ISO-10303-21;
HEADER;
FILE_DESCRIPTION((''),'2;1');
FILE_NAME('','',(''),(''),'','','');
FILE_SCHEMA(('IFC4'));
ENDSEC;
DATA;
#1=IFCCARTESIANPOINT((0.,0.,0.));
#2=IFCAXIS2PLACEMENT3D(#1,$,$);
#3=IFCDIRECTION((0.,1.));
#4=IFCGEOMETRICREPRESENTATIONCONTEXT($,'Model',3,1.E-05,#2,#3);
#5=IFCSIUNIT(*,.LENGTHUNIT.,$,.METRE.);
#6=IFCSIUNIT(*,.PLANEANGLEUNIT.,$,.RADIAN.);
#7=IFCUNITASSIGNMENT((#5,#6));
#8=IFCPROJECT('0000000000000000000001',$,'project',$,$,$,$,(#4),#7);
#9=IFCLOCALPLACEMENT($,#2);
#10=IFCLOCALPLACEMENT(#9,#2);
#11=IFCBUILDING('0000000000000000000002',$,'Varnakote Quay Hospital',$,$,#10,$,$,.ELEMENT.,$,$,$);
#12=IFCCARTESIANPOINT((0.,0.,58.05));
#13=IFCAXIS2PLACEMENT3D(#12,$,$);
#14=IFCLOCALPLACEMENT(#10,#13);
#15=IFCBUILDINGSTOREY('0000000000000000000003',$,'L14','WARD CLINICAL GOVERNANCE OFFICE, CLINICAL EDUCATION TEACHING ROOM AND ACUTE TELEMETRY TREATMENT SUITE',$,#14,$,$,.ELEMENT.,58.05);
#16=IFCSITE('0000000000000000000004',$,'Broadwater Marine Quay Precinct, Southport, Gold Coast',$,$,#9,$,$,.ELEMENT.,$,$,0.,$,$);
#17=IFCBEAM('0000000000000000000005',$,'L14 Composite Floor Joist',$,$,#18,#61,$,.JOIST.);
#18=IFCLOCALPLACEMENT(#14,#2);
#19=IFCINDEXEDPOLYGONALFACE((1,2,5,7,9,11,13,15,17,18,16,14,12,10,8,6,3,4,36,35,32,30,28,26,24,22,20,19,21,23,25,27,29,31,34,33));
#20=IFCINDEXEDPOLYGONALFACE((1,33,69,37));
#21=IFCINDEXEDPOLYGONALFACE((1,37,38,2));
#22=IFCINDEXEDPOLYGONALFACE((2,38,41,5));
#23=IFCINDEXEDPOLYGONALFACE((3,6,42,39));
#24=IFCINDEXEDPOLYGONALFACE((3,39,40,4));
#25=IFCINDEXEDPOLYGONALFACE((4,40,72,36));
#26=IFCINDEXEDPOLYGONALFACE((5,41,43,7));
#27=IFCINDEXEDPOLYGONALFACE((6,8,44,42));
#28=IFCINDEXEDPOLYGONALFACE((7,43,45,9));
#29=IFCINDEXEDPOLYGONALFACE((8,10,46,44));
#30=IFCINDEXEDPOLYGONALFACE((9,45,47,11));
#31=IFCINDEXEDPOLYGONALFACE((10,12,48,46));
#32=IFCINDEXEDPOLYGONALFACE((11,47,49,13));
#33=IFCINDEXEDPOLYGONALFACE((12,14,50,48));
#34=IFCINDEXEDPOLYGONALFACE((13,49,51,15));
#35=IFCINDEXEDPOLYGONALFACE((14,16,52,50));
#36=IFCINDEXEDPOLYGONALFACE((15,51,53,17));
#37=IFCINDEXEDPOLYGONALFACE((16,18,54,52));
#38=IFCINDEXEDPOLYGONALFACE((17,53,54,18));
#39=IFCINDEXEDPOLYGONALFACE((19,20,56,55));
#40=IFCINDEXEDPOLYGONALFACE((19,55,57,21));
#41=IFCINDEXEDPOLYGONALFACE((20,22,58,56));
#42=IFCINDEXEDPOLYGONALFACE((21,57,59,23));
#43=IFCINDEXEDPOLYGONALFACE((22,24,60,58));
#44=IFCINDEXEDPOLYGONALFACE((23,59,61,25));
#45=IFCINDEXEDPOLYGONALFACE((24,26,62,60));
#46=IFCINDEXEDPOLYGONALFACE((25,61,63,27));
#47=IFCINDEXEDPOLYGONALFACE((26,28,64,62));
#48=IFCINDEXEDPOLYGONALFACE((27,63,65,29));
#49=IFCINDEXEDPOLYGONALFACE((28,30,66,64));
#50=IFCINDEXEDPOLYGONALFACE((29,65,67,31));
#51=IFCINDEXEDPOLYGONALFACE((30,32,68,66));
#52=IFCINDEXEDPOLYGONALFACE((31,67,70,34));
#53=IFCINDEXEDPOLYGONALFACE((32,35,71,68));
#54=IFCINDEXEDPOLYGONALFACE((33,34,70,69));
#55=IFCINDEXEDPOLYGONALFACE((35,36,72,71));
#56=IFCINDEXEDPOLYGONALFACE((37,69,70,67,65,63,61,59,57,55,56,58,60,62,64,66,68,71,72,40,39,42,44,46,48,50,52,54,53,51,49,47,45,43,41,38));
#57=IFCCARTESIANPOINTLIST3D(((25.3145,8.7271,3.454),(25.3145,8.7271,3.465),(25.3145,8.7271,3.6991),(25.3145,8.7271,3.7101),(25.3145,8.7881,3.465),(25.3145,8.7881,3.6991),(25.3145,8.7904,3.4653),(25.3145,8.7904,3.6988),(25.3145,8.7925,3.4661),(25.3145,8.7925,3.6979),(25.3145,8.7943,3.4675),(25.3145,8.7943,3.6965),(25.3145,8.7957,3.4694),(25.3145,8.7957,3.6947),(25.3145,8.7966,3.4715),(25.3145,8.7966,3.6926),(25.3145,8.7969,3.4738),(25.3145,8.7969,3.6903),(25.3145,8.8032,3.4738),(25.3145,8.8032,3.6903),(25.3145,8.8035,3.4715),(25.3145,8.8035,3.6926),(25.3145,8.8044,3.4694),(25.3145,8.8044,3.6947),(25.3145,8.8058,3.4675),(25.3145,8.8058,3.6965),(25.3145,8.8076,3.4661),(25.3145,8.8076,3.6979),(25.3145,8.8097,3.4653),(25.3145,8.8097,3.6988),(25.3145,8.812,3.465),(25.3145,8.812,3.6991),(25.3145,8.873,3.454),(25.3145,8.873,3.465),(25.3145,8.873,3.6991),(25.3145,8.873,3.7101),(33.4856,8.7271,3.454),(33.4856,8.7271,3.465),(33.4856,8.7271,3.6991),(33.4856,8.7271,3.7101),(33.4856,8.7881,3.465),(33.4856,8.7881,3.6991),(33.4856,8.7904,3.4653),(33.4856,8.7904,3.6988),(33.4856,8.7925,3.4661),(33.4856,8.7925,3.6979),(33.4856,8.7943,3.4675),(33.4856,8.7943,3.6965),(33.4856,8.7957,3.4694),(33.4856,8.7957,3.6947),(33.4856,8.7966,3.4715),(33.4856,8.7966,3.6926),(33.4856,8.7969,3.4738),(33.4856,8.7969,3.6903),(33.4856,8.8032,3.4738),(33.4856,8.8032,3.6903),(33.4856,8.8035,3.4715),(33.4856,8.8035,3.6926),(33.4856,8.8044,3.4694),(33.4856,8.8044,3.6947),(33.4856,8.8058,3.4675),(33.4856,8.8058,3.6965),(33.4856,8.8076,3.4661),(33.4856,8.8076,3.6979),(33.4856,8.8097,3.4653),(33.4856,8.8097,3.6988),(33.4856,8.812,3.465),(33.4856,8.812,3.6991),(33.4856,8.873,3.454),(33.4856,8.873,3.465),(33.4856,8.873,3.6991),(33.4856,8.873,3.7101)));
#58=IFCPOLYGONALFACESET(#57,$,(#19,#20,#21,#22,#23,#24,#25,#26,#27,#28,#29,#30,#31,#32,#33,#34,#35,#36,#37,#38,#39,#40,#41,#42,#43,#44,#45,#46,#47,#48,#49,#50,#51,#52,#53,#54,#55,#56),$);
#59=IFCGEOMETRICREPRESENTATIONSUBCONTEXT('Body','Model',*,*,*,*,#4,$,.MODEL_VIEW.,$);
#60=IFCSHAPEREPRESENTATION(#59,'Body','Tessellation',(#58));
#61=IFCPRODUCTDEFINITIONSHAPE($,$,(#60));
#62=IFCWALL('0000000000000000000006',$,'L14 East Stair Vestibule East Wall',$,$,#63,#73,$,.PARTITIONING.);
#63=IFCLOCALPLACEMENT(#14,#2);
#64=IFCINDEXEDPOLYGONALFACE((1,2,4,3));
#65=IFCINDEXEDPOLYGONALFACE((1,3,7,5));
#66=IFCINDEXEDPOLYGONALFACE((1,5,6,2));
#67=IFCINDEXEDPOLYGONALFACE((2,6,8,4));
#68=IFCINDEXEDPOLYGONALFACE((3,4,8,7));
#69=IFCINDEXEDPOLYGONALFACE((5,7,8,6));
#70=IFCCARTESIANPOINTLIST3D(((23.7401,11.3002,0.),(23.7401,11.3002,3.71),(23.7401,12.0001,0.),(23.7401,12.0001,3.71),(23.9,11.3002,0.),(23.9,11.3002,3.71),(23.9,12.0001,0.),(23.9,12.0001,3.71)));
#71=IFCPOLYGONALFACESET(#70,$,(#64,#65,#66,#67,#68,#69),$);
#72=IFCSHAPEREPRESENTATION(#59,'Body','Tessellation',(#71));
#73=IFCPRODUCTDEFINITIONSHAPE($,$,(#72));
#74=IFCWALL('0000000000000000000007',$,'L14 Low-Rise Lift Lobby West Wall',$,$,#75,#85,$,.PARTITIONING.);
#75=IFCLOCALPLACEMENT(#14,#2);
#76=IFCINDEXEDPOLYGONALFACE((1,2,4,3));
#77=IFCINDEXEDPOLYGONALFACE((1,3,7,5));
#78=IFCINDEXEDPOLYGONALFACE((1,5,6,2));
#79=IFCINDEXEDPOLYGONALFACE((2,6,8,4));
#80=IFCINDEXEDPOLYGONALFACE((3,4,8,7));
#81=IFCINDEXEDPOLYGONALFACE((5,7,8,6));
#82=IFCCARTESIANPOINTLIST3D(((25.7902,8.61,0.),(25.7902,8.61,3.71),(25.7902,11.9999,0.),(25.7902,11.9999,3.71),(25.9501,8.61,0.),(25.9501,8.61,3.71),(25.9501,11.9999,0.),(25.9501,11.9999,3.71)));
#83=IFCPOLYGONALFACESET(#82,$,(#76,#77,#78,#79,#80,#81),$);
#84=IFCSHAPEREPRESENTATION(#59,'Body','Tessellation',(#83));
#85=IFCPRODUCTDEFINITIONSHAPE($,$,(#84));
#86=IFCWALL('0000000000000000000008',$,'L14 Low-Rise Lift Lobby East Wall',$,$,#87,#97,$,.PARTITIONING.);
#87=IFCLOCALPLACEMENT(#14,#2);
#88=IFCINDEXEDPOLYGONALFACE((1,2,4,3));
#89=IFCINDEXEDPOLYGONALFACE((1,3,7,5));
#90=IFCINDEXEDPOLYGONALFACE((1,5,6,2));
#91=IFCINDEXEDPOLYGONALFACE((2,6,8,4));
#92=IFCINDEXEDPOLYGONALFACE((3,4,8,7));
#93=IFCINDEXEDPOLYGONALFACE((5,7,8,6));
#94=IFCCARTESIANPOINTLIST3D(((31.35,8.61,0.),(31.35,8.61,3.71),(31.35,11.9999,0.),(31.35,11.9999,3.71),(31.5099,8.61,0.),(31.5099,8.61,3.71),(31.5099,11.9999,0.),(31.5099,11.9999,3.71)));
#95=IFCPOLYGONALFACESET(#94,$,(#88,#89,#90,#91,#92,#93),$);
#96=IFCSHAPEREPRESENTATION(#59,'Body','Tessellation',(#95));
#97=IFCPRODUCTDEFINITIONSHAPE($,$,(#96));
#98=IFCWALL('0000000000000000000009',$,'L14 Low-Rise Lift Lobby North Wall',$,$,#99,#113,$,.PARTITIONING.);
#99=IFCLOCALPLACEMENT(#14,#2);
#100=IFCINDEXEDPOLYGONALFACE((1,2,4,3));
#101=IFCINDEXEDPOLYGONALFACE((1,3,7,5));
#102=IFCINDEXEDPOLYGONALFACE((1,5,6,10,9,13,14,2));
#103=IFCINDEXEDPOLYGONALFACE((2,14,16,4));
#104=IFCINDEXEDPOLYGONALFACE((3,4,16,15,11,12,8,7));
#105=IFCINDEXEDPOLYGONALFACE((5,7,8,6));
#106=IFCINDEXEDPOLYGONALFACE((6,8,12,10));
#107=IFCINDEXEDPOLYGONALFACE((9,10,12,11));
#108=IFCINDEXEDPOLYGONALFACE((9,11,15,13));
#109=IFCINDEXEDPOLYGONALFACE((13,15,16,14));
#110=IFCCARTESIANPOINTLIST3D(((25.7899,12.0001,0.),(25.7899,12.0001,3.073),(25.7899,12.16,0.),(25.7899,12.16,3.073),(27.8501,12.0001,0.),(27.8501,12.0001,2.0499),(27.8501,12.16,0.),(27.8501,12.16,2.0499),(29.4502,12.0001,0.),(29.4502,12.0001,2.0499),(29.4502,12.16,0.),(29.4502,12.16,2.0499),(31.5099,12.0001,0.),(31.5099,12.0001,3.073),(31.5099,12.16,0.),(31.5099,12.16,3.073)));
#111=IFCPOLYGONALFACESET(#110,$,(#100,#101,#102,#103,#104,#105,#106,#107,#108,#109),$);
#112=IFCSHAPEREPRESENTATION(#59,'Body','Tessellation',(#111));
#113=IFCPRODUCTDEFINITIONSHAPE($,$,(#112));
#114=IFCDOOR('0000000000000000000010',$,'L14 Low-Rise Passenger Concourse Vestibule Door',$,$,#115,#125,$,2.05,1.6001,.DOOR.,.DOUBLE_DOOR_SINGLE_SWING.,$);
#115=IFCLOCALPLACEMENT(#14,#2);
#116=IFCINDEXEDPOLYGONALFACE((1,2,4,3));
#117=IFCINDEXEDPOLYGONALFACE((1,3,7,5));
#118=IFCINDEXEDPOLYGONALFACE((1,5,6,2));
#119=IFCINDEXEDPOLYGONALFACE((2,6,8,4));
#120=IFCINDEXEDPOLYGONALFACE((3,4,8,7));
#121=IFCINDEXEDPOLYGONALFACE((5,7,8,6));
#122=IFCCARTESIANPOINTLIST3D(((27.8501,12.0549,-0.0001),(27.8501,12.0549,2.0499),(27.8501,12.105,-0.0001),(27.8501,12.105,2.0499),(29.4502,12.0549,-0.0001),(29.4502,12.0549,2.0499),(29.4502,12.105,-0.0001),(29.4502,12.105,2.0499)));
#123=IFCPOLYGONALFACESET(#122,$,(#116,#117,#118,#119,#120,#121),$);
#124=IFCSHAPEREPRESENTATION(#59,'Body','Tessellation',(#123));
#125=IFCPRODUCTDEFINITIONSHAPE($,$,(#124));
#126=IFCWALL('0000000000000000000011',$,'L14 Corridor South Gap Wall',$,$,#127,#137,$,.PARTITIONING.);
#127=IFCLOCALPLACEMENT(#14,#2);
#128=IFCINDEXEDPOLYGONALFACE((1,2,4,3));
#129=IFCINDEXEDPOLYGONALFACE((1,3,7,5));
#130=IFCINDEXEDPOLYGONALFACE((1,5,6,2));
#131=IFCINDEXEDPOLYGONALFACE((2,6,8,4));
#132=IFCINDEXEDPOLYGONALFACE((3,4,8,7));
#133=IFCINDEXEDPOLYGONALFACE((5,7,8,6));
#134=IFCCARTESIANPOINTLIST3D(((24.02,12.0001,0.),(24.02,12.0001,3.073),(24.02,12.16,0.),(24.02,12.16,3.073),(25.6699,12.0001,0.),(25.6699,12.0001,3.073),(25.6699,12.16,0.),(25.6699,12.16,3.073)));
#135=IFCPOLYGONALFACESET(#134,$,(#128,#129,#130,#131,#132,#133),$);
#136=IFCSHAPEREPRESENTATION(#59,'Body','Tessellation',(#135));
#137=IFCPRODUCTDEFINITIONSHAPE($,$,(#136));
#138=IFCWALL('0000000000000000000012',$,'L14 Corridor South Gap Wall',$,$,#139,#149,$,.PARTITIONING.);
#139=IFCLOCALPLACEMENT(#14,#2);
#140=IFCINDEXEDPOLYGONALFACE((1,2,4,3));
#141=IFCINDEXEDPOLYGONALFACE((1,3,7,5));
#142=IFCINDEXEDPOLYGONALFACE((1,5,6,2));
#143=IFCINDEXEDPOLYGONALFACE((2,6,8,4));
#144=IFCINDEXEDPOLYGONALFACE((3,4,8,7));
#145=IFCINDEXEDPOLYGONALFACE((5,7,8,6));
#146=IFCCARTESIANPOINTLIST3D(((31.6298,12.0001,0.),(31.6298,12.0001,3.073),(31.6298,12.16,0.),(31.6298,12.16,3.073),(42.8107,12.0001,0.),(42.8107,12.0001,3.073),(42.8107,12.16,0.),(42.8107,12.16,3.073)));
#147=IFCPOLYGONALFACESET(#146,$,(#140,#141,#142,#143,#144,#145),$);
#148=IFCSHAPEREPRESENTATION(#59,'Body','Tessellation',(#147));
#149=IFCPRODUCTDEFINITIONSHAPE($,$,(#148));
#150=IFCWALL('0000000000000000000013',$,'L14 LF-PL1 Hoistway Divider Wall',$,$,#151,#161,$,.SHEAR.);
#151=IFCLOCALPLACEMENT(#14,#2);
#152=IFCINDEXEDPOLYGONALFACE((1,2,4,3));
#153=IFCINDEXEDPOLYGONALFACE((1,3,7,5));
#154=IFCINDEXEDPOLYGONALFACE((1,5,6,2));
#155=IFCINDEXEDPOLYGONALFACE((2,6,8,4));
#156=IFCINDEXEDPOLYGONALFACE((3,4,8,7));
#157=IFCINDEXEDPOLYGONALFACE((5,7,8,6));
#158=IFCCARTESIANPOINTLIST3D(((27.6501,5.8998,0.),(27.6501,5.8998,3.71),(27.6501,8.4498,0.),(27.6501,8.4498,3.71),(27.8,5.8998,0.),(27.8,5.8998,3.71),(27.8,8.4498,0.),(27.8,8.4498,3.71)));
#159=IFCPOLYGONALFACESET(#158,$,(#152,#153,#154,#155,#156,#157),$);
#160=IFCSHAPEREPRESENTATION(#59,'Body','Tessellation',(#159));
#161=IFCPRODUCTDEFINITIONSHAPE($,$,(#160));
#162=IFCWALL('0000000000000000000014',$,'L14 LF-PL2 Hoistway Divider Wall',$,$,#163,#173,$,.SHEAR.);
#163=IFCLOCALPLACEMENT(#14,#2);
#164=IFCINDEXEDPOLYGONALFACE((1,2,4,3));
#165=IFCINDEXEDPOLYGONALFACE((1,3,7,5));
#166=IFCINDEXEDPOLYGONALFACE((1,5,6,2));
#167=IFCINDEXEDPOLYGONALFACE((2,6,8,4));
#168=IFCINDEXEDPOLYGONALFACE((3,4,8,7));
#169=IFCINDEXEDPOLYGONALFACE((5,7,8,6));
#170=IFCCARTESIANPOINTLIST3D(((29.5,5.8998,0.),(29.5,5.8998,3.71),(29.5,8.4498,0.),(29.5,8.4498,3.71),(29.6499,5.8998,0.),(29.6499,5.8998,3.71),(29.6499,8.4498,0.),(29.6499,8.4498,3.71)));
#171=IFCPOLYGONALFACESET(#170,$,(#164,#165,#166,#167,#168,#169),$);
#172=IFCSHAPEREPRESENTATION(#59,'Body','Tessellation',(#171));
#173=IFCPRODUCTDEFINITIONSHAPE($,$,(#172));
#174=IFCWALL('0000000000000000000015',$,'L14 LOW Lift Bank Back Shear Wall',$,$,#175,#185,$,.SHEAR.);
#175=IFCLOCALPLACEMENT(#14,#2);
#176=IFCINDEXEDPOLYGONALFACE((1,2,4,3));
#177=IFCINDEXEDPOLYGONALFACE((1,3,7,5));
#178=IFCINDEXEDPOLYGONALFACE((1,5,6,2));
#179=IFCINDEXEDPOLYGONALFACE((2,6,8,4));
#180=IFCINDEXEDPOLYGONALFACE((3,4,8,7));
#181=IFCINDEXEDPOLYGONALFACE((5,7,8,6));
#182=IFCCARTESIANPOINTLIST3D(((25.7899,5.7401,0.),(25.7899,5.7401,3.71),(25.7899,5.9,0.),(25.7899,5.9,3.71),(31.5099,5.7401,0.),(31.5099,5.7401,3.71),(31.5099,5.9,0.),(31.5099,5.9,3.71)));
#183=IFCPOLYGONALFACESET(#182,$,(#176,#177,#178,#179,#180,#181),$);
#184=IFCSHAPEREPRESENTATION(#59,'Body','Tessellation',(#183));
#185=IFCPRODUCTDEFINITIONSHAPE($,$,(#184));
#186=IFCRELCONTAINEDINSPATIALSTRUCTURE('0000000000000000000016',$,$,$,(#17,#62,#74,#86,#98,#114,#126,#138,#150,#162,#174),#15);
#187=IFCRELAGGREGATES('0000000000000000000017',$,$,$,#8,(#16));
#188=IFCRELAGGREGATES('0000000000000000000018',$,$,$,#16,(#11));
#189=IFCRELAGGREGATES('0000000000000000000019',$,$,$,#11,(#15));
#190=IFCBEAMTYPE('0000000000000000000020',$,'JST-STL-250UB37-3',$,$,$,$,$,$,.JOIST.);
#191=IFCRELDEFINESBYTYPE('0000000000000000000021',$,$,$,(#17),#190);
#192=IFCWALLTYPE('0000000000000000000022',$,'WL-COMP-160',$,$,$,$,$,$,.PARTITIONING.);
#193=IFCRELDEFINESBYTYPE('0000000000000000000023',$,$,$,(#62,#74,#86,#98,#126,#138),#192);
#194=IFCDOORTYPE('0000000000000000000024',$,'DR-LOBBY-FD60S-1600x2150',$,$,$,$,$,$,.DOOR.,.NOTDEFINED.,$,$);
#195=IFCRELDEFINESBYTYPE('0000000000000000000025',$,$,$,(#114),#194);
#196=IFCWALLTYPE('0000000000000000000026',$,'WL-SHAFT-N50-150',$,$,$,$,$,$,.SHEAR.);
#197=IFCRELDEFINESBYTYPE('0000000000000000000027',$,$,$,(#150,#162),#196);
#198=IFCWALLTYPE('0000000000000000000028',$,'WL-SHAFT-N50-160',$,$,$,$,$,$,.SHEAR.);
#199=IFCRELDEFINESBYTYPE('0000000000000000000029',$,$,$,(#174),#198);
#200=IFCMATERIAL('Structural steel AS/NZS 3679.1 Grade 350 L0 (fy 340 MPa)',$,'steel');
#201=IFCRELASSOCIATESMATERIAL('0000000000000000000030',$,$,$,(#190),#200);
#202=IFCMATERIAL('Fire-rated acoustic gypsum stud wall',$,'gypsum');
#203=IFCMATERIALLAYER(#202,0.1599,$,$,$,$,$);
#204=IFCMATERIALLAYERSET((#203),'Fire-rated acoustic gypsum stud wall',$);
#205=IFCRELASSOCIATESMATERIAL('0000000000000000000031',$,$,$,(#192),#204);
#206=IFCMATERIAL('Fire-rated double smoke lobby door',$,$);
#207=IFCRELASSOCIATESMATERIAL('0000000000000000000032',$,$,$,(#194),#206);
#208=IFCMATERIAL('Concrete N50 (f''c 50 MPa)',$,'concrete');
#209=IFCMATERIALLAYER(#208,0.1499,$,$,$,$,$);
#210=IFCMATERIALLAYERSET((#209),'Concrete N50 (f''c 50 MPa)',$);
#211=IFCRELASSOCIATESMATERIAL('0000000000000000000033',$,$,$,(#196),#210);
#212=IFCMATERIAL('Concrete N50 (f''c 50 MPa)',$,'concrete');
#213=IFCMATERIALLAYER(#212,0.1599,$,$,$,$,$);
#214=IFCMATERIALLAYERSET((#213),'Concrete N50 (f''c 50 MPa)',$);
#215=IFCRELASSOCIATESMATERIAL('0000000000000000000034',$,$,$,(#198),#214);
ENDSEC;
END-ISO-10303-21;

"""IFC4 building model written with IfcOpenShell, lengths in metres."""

from ifc_helpers import new_model, si_unit, direction, frame, frame_2d, origin, origin_2d, place, context, subcontext, project, spatial, rectangle, i_section, extrude, material, layer, layer_set, material_profile, profile_set, type_object, element, fill, save


model = new_model("IFC4")

# Units and contexts
model_context = context("Model", 3, precision=1e-05, world=origin(), true_north=direction((0.0, 1.0)))
body_context = subcontext(model_context, "Body", "Model", "MODEL_VIEW")
ifc_project = project(units=[si_unit("LENGTHUNIT", "METRE"), si_unit("PLANEANGLEUNIT", "RADIAN")], contexts=[model_context])

# Site, building, storey
site_placement = place(None, origin())
site = spatial("IfcSite", under=ifc_project, at=site_placement, Name="Broadwater Marine Quay Precinct, Southport, Gold Coast", CompositionType="ELEMENT", RefElevation=0.0)
building_placement = place(site_placement, origin())
building = spatial("IfcBuilding", under=site, at=building_placement, Name="Varnakote Quay Hospital", CompositionType="ELEMENT")
storey_placement = place(building_placement, frame((0.0, 0.0, 58.05)))
storey = spatial("IfcBuildingStorey", under=building, at=storey_placement, Name="L14", Description="WARD CLINICAL GOVERNANCE OFFICE, CLINICAL EDUCATION TEACHING ROOM AND ACUTE TELEMETRY TREATMENT SUITE", CompositionType="ELEMENT", Elevation=58.05)

# Beam
ifc_material_1 = material(Name="Structural steel AS/NZS 3679.1 Grade 350 L0 (fy 340 MPa)", Category="steel")
ifc_material_profile_1 = material_profile(ifc_material_1, i_section(OverallWidth=0.146, OverallDepth=0.2561, WebThickness=0.0063, FlangeThickness=0.011, FilletRadius=0.0088, at=origin_2d()), Name="250UB37.3")
ifc_profile_set_1 = profile_set([ifc_material_profile_1], Name="Structural steel AS/NZS 3679.1 Grade 350 L0 (fy 340 MPa)")
beam_type_1 = type_object("IfcBeamType", Name="JST-STL-250UB37-3", PredefinedType="JOIST", material=ifc_profile_set_1)
beam_1_placement = place(storey_placement, frame((25.3145, 8.8, 3.582), z_axis=(1.0, 0.0, 0.0), x_axis=(0.0, 1.0, 0.0)))
element("IfcBeam", 1, at=beam_1_placement, inside=storey, type_object=beam_type_1, Name="L14 Composite Floor Joist", PredefinedType="JOIST", context=body_context, shape_type="SweptSolid", body=[
    extrude(i_section(OverallWidth=0.146, OverallDepth=0.2561, WebThickness=0.0063, FlangeThickness=0.011, FilletRadius=0.0088, at=origin_2d()), origin(), (0.0, 0.0, 1.0), 8.1711),
])

# Walls
ifc_material_2 = material(Name="Fire-rated acoustic gypsum stud wall", Category="gypsum")
ifc_layer_1 = layer(ifc_material_2, 0.1599)
ifc_layer_set_1 = layer_set([ifc_layer_1], Name="Fire-rated acoustic gypsum stud wall")
wall_type_1 = type_object("IfcWallType", Name="WL-COMP-160", PredefinedType="PARTITIONING", material=ifc_layer_set_1)
wall_1_placement = place(storey_placement, frame((23.8201, 11.3, 0.0), z_axis=(0.0, 0.0, 1.0), x_axis=(0.0, 1.0, 0.0)))
element("IfcWall", 2, at=wall_1_placement, inside=storey, type_object=wall_type_1, Name="L14 East Stair Vestibule East Wall", PredefinedType="PARTITIONING", context=body_context, shape_type="SweptSolid", body=[
    extrude(rectangle(XDim=0.7, YDim=0.1599, at=frame_2d((0.3501, 0.0))), origin(), (0.0, 0.0, 1.0), 3.71),
])
for number, where, z_axis, x_axis, name in (
    (3, (25.8701, 8.6101, 0.0), (0.0, 0.0, 1.0), (0.0, 1.0, 0.0), "L14 Low-Rise Lift Lobby West Wall"),
    (4, (31.4299, 8.6101, 0.0), (0.0, 0.0, 1.0), (0.0, 1.0, 0.0), "L14 Low-Rise Lift Lobby East Wall"),
):
    element("IfcWall", number, at=place(storey_placement, frame(where, z_axis=z_axis, x_axis=x_axis)), inside=storey, type_object=wall_type_1, Name=name, PredefinedType="PARTITIONING", context=body_context, shape_type="SweptSolid", body=[
        extrude(rectangle(XDim=3.3899, YDim=0.1599, at=frame_2d((1.6948, 0.0))), origin(), (0.0, 0.0, 1.0), 3.71),
    ])

# Wall, opening, door
wall_2_placement = place(storey_placement, frame((25.79, 12.0801, 0.0), z_axis=(0.0, 0.0, 1.0), x_axis=(1.0, 0.0, 0.0)))
wall_2 = element("IfcWall", 5, at=wall_2_placement, inside=storey, type_object=wall_type_1, Name="L14 Low-Rise Lift Lobby North Wall", PredefinedType="PARTITIONING", context=body_context, shape_type="SweptSolid", body=[
    extrude(rectangle(XDim=5.72, YDim=0.1599, at=frame_2d((2.8599, 0.0))), origin(), (0.0, 0.0, 1.0), 3.073),
])
opening_1_placement = place(wall_2_placement, frame((2.0601, 0.0, 0.0)))
opening_1 = element("IfcOpeningElement", 6, at=opening_1_placement, cuts=wall_2, PredefinedType="OPENING", context=body_context, shape_type="SweptSolid", body=[
    extrude(rectangle(XDim=1.6001, YDim=2.05, at=frame_2d((0.8, 1.0249))), frame((0.0, 0.0898, 0.0), z_axis=(0.0, -1.0, 0.0), x_axis=(1.0, 0.0, 0.0)), (0.0, 0.0, 1.0), 0.1799),
])
ifc_material_3 = material(Name="Fire-rated double smoke lobby door")
door_type_1 = type_object("IfcDoorType", Name="DR-LOBBY-FD60S-1600x2150", OperationType="NOTDEFINED", PredefinedType="DOOR", material=ifc_material_3)
door_1_placement = place(opening_1_placement, origin())
door_1 = element("IfcDoor", 7, at=door_1_placement, inside=storey, type_object=door_type_1, Name="L14 Low-Rise Passenger Concourse Vestibule Door", OperationType="DOUBLE_DOOR_SINGLE_SWING", OverallHeight=2.05, OverallWidth=1.6001, PredefinedType="DOOR", context=body_context, shape_type="SweptSolid", body=[
    extrude(rectangle(XDim=1.6001, YDim=2.05, at=frame_2d((0.8, 1.0249))), frame((0.0, 0.0249, 0.0), z_axis=(0.0, -1.0, 0.0), x_axis=(1.0, 0.0, 0.0)), (0.0, 0.0, 1.0), 0.05),
])
fill(opening_1, door_1)

# Walls
wall_3_placement = place(storey_placement, frame((24.02, 12.0801, 0.0), z_axis=(0.0, 0.0, 1.0), x_axis=(1.0, 0.0, 0.0)))
element("IfcWall", 8, at=wall_3_placement, inside=storey, type_object=wall_type_1, Name="L14 Corridor South Gap Wall", PredefinedType="PARTITIONING", context=body_context, shape_type="SweptSolid", body=[
    extrude(rectangle(XDim=1.6499, YDim=0.1599, at=frame_2d((0.825, 0.0))), origin(), (0.0, 0.0, 1.0), 3.073),
])
wall_4_placement = place(storey_placement, frame((31.6299, 12.0801, 0.0), z_axis=(0.0, 0.0, 1.0), x_axis=(1.0, 0.0, 0.0)))
element("IfcWall", 9, at=wall_4_placement, inside=storey, type_object=wall_type_1, Name="L14 Corridor South Gap Wall", PredefinedType="PARTITIONING", context=body_context, shape_type="SweptSolid", body=[
    extrude(rectangle(XDim=11.1809, YDim=0.1599, at=frame_2d((5.5903, 0.0))), origin(), (0.0, 0.0, 1.0), 3.073),
])
ifc_material_4 = material(Name="Concrete N50 (f'c 50 MPa)", Category="concrete")
ifc_layer_2 = layer(ifc_material_4, 0.1499)
ifc_layer_set_2 = layer_set([ifc_layer_2], Name="Concrete N50 (f'c 50 MPa)")
wall_type_2 = type_object("IfcWallType", Name="WL-SHAFT-N50-150", PredefinedType="SHEAR", material=ifc_layer_set_2)
for number, where, z_axis, x_axis, name in (
    (10, (27.7251, 5.8999, 0.0), (0.0, 0.0, 1.0), (0.0, 1.0, 0.0), "L14 LF-PL1 Hoistway Divider Wall"),
    (11, (29.575, 5.8999, 0.0), (0.0, 0.0, 1.0), (0.0, 1.0, 0.0), "L14 LF-PL2 Hoistway Divider Wall"),
):
    element("IfcWall", number, at=place(storey_placement, frame(where, z_axis=z_axis, x_axis=x_axis)), inside=storey, type_object=wall_type_2, Name=name, PredefinedType="SHEAR", context=body_context, shape_type="SweptSolid", body=[
        extrude(rectangle(XDim=2.55, YDim=0.1499, at=frame_2d((1.2749, 0.0))), origin(), (0.0, 0.0, 1.0), 3.71),
    ])
ifc_material_5 = material(Name="Concrete N50 (f'c 50 MPa)", Category="concrete")
ifc_layer_3 = layer(ifc_material_5, 0.1599)
ifc_layer_set_3 = layer_set([ifc_layer_3], Name="Concrete N50 (f'c 50 MPa)")
wall_type_3 = type_object("IfcWallType", Name="WL-SHAFT-N50-160", PredefinedType="SHEAR", material=ifc_layer_set_3)
wall_5_placement = place(storey_placement, frame((25.79, 5.8201, 0.0), z_axis=(0.0, 0.0, 1.0), x_axis=(1.0, 0.0, 0.0)))
element("IfcWall", 12, at=wall_5_placement, inside=storey, type_object=wall_type_3, Name="L14 LOW Lift Bank Back Shear Wall", PredefinedType="SHEAR", context=body_context, shape_type="SweptSolid", body=[
    extrude(rectangle(XDim=5.72, YDim=0.1599, at=frame_2d((2.8599, 0.0))), origin(), (0.0, 0.0, 1.0), 3.71),
])

save(model, "model.ifc")
